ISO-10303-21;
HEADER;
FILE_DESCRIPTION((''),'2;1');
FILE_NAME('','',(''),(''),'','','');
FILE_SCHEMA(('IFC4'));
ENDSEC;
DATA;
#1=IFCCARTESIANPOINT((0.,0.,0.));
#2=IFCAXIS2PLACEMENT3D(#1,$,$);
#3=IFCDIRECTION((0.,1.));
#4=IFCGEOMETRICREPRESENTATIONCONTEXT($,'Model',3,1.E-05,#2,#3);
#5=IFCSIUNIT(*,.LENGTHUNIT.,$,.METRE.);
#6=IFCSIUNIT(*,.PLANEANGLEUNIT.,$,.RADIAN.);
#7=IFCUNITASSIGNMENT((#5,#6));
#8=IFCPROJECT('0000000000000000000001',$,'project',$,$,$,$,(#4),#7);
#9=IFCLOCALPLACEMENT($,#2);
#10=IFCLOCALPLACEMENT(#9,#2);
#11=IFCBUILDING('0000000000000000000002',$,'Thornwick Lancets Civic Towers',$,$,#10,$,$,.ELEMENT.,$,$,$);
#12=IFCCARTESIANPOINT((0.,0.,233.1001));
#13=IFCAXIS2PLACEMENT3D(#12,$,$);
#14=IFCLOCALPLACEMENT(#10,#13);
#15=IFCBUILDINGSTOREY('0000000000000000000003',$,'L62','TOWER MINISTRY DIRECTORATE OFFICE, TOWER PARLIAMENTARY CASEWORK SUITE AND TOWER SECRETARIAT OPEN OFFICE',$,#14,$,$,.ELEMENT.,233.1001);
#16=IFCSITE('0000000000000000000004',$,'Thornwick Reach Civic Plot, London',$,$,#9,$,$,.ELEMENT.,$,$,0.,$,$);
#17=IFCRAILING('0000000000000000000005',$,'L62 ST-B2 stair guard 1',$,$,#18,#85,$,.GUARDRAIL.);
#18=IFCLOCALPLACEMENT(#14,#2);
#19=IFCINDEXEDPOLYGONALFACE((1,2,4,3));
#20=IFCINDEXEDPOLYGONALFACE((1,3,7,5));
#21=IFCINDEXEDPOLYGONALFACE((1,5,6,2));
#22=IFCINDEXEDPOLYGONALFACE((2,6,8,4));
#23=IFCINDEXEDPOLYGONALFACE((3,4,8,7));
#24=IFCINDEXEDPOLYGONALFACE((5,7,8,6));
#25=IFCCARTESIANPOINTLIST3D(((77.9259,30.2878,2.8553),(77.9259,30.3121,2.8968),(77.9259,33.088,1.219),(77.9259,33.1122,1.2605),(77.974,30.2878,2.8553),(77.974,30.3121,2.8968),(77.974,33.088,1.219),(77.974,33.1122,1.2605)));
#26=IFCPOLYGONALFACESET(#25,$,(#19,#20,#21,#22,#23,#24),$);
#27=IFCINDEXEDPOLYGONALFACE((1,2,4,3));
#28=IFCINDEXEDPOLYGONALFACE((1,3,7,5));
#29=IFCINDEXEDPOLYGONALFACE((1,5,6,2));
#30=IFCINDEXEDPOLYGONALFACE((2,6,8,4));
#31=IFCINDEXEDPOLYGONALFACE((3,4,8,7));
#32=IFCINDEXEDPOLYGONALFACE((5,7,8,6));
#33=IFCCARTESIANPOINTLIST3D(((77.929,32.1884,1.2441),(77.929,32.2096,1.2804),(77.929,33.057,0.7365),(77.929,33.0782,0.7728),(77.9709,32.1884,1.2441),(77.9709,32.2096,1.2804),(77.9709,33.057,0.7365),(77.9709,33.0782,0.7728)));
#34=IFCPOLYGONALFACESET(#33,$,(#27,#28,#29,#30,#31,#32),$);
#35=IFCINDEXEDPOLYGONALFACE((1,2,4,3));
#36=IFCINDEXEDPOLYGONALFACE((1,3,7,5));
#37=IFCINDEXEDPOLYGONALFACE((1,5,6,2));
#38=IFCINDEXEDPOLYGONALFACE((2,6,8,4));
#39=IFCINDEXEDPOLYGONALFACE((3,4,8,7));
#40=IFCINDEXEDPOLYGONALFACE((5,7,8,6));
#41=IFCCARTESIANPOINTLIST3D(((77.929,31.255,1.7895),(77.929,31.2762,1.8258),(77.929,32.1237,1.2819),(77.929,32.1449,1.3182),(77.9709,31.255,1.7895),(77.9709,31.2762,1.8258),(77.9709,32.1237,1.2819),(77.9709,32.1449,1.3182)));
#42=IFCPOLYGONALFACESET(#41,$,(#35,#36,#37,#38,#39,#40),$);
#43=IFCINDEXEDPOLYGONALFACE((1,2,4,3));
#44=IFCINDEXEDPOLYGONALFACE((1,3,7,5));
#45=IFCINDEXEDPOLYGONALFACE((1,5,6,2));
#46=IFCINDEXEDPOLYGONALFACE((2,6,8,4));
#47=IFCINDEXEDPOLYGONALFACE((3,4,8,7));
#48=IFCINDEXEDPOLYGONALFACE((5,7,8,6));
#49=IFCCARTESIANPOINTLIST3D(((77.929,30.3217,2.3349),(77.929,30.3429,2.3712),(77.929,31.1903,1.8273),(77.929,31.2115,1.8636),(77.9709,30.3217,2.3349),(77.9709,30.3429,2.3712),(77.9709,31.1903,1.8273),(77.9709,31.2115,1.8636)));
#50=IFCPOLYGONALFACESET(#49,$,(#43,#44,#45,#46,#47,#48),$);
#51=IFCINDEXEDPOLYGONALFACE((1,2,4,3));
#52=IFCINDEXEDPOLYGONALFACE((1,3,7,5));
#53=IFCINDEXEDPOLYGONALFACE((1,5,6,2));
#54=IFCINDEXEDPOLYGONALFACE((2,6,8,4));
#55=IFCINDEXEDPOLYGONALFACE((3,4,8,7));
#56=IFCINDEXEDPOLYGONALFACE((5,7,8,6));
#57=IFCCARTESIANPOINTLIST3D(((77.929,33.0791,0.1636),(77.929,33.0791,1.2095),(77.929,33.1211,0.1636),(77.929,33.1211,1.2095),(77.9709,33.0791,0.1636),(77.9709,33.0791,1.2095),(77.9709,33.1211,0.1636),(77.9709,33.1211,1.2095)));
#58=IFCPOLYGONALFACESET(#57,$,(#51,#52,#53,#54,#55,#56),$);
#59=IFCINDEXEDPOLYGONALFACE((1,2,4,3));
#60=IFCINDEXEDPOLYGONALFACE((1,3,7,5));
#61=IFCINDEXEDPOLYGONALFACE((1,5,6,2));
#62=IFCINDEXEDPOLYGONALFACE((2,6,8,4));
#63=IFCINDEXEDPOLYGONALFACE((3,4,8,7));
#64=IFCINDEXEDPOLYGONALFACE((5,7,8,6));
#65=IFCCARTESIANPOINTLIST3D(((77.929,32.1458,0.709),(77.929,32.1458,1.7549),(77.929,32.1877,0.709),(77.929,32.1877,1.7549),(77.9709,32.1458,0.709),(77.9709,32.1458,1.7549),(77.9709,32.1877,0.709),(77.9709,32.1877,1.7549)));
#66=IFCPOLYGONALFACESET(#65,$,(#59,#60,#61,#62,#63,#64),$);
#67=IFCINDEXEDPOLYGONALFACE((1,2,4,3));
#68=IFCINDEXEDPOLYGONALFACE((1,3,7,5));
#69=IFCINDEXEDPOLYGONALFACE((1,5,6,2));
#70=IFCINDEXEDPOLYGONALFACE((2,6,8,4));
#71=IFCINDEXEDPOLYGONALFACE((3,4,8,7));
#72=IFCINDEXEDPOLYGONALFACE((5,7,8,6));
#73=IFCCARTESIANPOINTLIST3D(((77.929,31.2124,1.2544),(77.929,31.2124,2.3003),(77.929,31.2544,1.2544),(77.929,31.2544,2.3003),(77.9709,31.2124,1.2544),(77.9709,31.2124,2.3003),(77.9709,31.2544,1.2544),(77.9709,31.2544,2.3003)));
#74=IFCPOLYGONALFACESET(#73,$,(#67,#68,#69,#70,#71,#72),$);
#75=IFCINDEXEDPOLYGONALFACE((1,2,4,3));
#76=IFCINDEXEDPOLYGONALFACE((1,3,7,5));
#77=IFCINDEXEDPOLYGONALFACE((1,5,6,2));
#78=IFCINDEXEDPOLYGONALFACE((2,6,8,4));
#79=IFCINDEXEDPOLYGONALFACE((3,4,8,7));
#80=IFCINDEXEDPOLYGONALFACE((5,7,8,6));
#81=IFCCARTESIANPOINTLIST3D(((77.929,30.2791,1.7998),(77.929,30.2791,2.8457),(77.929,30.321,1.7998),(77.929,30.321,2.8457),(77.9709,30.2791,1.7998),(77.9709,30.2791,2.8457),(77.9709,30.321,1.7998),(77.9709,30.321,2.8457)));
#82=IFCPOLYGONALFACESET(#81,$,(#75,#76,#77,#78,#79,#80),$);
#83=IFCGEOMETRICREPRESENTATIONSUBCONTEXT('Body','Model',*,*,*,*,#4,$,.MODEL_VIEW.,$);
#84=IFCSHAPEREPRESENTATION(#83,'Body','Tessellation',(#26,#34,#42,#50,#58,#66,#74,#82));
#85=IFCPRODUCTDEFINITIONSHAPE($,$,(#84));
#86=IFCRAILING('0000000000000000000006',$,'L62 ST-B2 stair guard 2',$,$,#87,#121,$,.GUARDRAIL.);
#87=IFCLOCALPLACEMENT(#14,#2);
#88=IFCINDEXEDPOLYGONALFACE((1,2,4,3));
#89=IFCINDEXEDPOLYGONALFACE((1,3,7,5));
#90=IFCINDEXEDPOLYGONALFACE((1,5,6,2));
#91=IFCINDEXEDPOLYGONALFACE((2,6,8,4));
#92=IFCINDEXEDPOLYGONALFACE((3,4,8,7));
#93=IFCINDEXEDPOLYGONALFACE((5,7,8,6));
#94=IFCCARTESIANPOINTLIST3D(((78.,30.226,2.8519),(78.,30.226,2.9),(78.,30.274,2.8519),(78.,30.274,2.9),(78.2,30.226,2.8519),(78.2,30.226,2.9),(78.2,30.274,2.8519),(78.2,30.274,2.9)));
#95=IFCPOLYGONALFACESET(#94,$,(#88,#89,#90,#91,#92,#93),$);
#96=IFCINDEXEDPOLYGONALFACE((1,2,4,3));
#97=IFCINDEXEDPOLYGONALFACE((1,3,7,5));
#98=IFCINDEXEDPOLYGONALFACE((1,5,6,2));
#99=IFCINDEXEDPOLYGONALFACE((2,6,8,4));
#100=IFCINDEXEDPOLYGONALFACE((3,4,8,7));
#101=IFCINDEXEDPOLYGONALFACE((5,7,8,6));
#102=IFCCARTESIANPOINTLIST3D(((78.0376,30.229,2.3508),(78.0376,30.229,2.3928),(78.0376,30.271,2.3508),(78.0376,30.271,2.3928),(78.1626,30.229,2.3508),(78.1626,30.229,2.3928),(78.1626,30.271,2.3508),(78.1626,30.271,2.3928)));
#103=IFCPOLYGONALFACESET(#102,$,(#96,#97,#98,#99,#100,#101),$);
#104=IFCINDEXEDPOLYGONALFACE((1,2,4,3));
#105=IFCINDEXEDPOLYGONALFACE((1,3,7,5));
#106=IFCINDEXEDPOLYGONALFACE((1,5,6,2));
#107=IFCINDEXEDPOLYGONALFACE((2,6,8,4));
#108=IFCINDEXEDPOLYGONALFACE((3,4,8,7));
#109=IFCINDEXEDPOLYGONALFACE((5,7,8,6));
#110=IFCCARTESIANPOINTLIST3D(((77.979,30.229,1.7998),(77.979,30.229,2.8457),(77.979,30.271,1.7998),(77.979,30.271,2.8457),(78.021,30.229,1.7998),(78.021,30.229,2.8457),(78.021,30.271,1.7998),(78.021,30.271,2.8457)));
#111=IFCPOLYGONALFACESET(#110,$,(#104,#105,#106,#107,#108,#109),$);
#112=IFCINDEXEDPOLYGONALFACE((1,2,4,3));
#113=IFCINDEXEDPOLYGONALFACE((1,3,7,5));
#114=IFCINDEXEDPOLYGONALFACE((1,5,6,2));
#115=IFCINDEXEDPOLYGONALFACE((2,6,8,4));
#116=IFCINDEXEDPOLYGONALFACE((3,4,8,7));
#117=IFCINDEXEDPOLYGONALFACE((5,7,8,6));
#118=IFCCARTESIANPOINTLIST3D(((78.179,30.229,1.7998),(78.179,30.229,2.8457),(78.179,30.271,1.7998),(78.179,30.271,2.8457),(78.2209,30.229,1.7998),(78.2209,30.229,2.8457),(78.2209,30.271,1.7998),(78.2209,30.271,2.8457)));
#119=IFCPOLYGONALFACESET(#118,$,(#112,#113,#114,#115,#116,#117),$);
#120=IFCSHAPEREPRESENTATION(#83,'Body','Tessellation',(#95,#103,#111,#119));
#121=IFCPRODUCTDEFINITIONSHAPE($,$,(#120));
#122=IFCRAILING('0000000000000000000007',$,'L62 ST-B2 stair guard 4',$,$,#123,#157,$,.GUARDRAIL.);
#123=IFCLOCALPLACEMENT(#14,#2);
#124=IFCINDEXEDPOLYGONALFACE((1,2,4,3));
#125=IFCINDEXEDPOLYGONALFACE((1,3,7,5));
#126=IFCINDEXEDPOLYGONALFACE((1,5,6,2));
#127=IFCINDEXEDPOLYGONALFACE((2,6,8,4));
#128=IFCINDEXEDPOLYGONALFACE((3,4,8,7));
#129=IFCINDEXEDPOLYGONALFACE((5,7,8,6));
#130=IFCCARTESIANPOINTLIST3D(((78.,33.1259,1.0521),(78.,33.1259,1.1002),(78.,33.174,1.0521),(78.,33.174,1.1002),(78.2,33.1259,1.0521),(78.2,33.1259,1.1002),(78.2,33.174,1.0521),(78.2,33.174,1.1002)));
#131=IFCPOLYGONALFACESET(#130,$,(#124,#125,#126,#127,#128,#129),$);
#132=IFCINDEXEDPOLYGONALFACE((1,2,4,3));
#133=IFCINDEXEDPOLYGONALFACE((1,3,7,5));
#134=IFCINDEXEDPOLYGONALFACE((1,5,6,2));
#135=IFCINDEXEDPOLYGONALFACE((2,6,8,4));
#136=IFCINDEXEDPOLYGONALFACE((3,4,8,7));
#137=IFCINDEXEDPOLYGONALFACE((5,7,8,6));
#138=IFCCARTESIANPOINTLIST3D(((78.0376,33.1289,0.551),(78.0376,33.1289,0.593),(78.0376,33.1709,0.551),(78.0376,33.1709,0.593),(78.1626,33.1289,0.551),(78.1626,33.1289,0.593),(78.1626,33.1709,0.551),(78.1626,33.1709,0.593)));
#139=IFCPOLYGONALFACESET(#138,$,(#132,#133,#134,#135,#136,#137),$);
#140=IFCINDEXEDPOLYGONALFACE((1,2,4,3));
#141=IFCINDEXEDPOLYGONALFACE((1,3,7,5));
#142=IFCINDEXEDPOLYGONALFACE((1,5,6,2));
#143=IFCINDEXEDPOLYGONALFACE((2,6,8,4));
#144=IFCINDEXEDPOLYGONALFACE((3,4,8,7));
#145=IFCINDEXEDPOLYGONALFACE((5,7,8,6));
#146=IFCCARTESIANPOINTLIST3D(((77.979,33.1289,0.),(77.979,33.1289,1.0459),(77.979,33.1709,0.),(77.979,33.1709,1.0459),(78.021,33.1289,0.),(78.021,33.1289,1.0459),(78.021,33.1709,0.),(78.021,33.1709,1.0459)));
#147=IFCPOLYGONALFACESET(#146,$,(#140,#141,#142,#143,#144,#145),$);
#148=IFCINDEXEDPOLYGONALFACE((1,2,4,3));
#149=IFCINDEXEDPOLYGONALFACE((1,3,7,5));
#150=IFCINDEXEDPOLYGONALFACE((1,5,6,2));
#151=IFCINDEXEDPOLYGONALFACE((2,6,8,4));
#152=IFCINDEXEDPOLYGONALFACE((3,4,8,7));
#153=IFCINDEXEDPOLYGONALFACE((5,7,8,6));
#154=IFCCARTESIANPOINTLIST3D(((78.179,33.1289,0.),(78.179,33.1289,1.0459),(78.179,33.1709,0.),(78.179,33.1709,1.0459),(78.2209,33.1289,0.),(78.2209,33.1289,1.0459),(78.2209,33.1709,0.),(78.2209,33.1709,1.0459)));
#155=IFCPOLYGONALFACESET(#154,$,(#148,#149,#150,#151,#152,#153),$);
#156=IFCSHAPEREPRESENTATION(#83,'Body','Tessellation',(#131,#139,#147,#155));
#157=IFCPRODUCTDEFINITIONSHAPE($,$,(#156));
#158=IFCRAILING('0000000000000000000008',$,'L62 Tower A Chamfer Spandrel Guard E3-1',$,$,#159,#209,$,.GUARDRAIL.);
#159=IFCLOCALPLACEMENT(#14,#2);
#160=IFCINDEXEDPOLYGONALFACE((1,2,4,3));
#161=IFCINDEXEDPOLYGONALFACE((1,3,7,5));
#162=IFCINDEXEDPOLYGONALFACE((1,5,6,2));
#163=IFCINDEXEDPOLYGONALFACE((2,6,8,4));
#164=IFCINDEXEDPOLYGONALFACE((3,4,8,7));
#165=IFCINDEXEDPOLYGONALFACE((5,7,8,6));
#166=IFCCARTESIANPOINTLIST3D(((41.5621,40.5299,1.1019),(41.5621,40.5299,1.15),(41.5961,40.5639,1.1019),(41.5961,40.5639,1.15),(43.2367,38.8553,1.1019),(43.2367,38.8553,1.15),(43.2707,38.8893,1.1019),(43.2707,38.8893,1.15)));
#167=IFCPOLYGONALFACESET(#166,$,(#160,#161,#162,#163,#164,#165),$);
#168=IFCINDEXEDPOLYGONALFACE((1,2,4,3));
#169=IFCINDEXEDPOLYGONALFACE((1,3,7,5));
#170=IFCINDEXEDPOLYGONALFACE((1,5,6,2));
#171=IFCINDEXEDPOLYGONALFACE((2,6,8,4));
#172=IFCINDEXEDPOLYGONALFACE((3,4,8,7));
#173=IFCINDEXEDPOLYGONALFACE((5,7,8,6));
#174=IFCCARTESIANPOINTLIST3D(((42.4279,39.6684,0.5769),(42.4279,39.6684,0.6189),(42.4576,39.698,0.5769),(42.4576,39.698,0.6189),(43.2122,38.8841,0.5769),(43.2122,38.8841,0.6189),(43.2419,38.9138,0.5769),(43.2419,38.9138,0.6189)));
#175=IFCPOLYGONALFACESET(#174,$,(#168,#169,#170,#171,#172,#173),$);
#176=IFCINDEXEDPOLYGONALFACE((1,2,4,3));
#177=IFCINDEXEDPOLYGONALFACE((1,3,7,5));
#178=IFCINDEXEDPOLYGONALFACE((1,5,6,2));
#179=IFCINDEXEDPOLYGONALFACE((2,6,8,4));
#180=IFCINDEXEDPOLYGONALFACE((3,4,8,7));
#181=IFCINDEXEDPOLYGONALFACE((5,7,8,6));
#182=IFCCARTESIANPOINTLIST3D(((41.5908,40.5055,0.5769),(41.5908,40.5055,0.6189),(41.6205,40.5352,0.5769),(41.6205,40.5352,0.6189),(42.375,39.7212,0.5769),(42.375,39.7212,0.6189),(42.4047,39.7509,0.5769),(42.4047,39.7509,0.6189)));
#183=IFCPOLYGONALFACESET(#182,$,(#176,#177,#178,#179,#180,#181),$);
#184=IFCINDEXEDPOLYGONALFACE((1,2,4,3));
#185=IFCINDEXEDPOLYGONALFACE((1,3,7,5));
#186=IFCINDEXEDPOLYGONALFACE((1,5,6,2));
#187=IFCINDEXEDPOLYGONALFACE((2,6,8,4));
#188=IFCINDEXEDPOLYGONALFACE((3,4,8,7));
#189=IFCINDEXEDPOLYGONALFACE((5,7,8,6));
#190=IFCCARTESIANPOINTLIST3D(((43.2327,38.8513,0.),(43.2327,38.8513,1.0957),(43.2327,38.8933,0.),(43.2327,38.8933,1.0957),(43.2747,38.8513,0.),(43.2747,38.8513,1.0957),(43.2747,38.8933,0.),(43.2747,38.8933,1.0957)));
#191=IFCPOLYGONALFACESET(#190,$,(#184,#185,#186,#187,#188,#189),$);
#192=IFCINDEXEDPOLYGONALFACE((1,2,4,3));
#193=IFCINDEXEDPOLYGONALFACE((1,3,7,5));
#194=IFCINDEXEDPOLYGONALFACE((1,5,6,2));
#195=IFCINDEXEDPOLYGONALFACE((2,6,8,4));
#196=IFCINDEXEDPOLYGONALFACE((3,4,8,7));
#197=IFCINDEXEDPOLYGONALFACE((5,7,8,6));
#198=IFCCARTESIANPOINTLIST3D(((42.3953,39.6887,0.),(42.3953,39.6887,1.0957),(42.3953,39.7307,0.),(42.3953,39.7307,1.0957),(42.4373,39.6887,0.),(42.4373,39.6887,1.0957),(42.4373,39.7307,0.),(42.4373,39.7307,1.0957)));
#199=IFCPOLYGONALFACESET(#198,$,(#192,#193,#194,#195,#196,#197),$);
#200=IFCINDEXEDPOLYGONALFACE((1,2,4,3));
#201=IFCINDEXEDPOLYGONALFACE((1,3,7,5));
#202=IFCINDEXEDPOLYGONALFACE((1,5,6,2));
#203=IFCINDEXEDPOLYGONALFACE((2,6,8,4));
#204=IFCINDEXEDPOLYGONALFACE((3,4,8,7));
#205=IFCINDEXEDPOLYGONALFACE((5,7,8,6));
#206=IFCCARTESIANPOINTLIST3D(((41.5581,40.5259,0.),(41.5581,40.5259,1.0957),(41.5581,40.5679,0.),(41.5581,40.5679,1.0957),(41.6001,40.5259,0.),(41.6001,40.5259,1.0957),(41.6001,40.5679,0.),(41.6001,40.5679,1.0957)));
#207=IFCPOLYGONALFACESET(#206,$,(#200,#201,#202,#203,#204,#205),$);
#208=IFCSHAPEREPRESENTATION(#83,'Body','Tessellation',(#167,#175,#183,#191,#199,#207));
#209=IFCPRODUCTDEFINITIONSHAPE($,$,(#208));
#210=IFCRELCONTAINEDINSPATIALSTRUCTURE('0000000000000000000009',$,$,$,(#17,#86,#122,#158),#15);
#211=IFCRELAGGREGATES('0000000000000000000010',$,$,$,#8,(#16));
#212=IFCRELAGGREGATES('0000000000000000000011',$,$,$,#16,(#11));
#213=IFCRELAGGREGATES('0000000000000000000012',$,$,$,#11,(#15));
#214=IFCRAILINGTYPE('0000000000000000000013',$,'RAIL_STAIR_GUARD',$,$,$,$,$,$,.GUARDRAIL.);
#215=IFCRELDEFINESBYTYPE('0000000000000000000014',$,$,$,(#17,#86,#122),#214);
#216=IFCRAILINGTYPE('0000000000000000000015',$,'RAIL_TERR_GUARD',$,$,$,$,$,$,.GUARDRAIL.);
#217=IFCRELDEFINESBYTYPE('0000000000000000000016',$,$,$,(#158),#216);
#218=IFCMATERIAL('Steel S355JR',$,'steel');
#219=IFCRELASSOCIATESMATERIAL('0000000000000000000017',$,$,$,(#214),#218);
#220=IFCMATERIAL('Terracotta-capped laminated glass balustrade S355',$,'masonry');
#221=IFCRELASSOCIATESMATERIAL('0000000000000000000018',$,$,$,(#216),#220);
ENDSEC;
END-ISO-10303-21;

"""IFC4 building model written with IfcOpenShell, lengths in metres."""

from ifc_helpers import new_model, si_unit, direction, frame, origin, origin_2d, place, context, subcontext, project, spatial, rectangle, extrude, material, type_object, element, save


model = new_model("IFC4")

# Units and contexts
model_context = context("Model", 3, precision=1e-05, world=origin(), true_north=direction((0.0, 1.0)))
body_context = subcontext(model_context, "Body", "Model", "MODEL_VIEW")
ifc_project = project(units=[si_unit("LENGTHUNIT", "METRE"), si_unit("PLANEANGLEUNIT", "RADIAN")], contexts=[model_context])

# Site, building, storey
site_placement = place(None, origin())
site = spatial("IfcSite", under=ifc_project, at=site_placement, Name="Thornwick Reach Civic Plot, London", CompositionType="ELEMENT", RefElevation=0.0)
building_placement = place(site_placement, origin())
building = spatial("IfcBuilding", under=site, at=building_placement, Name="Thornwick Lancets Civic Towers", CompositionType="ELEMENT")
storey_placement = place(building_placement, frame((0.0, 0.0, 233.1001)))
storey = spatial("IfcBuildingStorey", under=building, at=storey_placement, Name="L62", Description="TOWER MINISTRY DIRECTORATE OFFICE, TOWER PARLIAMENTARY CASEWORK SUITE AND TOWER SECRETARIAT OPEN OFFICE", CompositionType="ELEMENT", Elevation=233.1001)

# Shared definitions
ifc_material_1 = material(Name="Steel S355JR", Category="steel")

# Railings
railing_type_1 = type_object("IfcRailingType", Name="RAIL_STAIR_GUARD", PredefinedType="GUARDRAIL", material=ifc_material_1)
railing_1_placement = place(storey_placement, frame((77.95, 33.1001, 0.1636)))
element("IfcRailing", 1, at=railing_1_placement, inside=storey, type_object=railing_type_1, Name="L62 ST-B2 stair guard 1", PredefinedType="GUARDRAIL", context=body_context, shape_type="SweptSolid", body=[
    extrude(rectangle(XDim=0.0481, YDim=0.0481, at=origin_2d()), frame((0.0, 0.0, 1.0762), z_axis=(0.0, -0.863394, 0.504531), x_axis=(1.0, 0.0, 0.0)), (0.0, 0.0, 1.0), 3.2432),
    extrude(rectangle(XDim=0.042, YDim=0.042, at=origin_2d()), frame((0.0, -0.0325, 0.5911), z_axis=(0.0, -0.863394, 0.504531), x_axis=(1.0, 0.0, 0.0)), (0.0, 0.0, 1.0), 1.0061),
    extrude(rectangle(XDim=0.042, YDim=0.042, at=origin_2d()), frame((0.0, -0.9658, 1.1365), z_axis=(0.0, -0.863394, 0.504531), x_axis=(1.0, 0.0, 0.0)), (0.0, 0.0, 1.0), 1.0061),
    extrude(rectangle(XDim=0.042, YDim=0.042, at=origin_2d()), frame((0.0, -1.8992, 1.6819), z_axis=(0.0, -0.863394, 0.504531), x_axis=(1.0, 0.0, 0.0)), (0.0, 0.0, 1.0), 1.0061),
    extrude(rectangle(XDim=0.042, YDim=0.042, at=origin_2d()), origin(), (0.0, 0.0, 1.0), 1.0459),
    extrude(rectangle(XDim=0.042, YDim=0.042, at=origin_2d()), frame((0.0, -0.9333, 0.5454)), (0.0, 0.0, 1.0), 1.0459),
    extrude(rectangle(XDim=0.042, YDim=0.042, at=origin_2d()), frame((0.0, -1.8667, 1.0908)), (0.0, 0.0, 1.0), 1.0459),
    extrude(rectangle(XDim=0.042, YDim=0.042, at=origin_2d()), frame((0.0, -2.8, 1.6362)), (0.0, 0.0, 1.0), 1.0459),
])
for number, where, name in (
    (2, (78.0, 30.25, 1.7998), "L62 ST-B2 stair guard 2"),
    (3, (78.0, 33.1499, 0.0), "L62 ST-B2 stair guard 4"),
):
    element("IfcRailing", number, at=place(storey_placement, frame(where)), inside=storey, type_object=railing_type_1, Name=name, PredefinedType="GUARDRAIL", context=body_context, shape_type="SweptSolid", body=[
        extrude(rectangle(XDim=0.0481, YDim=0.0481, at=origin_2d()), frame((0.0, 0.0, 1.0762), z_axis=(1.0, 0.0, 0.0), x_axis=(0.0, 1.0, 0.0)), (0.0, 0.0, 1.0), 0.2),
        extrude(rectangle(XDim=0.042, YDim=0.042, at=origin_2d()), frame((0.0376, 0.0, 0.572), z_axis=(1.0, 0.0, 0.0), x_axis=(0.0, 1.0, 0.0)), (0.0, 0.0, 1.0), 0.125),
        extrude(rectangle(XDim=0.042, YDim=0.042, at=origin_2d()), origin(), (0.0, 0.0, 1.0), 1.0459),
        extrude(rectangle(XDim=0.042, YDim=0.042, at=origin_2d()), frame((0.2, 0.0, 0.0)), (0.0, 0.0, 1.0), 1.0459),
    ])
ifc_material_2 = material(Name="Terracotta-capped laminated glass balustrade S355", Category="masonry")
railing_type_2 = type_object("IfcRailingType", Name="RAIL_TERR_GUARD", PredefinedType="GUARDRAIL", material=ifc_material_2)
railing_2_placement = place(storey_placement, frame((43.2537, 38.8723, 0.0)))
element("IfcRailing", 4, at=railing_2_placement, inside=storey, type_object=railing_type_2, Name="L62 Tower A Chamfer Spandrel Guard E3-1", PredefinedType="GUARDRAIL", context=body_context, shape_type="SweptSolid", body=[
    extrude(rectangle(XDim=0.0481, YDim=0.0481, at=origin_2d()), frame((0.0, 0.0, 1.126), z_axis=(-0.707107, 0.707107, 0.0), x_axis=(-0.707107, -0.707107, 0.0)), (0.0, 0.0, 1.0), 2.3682),
    extrude(rectangle(XDim=0.042, YDim=0.042, at=origin_2d()), frame((-0.0266, 0.0266, 0.5979), z_axis=(-0.707107, 0.707107, 0.0), x_axis=(-0.707107, -0.707107, 0.0)), (0.0, 0.0, 1.0), 1.1091),
    extrude(rectangle(XDim=0.042, YDim=0.042, at=origin_2d()), frame((-0.8638, 0.8638, 0.5979), z_axis=(-0.707107, 0.707107, 0.0), x_axis=(-0.707107, -0.707107, 0.0)), (0.0, 0.0, 1.0), 1.1091),
    extrude(rectangle(XDim=0.042, YDim=0.042, at=origin_2d()), origin(), (0.0, 0.0, 1.0), 1.0957),
    extrude(rectangle(XDim=0.042, YDim=0.042, at=origin_2d()), frame((-0.8374, 0.8374, 0.0)), (0.0, 0.0, 1.0), 1.0957),
    extrude(rectangle(XDim=0.042, YDim=0.042, at=origin_2d()), frame((-1.6746, 1.6746, 0.0)), (0.0, 0.0, 1.0), 1.0957),
])

save(model, "model.ifc")
